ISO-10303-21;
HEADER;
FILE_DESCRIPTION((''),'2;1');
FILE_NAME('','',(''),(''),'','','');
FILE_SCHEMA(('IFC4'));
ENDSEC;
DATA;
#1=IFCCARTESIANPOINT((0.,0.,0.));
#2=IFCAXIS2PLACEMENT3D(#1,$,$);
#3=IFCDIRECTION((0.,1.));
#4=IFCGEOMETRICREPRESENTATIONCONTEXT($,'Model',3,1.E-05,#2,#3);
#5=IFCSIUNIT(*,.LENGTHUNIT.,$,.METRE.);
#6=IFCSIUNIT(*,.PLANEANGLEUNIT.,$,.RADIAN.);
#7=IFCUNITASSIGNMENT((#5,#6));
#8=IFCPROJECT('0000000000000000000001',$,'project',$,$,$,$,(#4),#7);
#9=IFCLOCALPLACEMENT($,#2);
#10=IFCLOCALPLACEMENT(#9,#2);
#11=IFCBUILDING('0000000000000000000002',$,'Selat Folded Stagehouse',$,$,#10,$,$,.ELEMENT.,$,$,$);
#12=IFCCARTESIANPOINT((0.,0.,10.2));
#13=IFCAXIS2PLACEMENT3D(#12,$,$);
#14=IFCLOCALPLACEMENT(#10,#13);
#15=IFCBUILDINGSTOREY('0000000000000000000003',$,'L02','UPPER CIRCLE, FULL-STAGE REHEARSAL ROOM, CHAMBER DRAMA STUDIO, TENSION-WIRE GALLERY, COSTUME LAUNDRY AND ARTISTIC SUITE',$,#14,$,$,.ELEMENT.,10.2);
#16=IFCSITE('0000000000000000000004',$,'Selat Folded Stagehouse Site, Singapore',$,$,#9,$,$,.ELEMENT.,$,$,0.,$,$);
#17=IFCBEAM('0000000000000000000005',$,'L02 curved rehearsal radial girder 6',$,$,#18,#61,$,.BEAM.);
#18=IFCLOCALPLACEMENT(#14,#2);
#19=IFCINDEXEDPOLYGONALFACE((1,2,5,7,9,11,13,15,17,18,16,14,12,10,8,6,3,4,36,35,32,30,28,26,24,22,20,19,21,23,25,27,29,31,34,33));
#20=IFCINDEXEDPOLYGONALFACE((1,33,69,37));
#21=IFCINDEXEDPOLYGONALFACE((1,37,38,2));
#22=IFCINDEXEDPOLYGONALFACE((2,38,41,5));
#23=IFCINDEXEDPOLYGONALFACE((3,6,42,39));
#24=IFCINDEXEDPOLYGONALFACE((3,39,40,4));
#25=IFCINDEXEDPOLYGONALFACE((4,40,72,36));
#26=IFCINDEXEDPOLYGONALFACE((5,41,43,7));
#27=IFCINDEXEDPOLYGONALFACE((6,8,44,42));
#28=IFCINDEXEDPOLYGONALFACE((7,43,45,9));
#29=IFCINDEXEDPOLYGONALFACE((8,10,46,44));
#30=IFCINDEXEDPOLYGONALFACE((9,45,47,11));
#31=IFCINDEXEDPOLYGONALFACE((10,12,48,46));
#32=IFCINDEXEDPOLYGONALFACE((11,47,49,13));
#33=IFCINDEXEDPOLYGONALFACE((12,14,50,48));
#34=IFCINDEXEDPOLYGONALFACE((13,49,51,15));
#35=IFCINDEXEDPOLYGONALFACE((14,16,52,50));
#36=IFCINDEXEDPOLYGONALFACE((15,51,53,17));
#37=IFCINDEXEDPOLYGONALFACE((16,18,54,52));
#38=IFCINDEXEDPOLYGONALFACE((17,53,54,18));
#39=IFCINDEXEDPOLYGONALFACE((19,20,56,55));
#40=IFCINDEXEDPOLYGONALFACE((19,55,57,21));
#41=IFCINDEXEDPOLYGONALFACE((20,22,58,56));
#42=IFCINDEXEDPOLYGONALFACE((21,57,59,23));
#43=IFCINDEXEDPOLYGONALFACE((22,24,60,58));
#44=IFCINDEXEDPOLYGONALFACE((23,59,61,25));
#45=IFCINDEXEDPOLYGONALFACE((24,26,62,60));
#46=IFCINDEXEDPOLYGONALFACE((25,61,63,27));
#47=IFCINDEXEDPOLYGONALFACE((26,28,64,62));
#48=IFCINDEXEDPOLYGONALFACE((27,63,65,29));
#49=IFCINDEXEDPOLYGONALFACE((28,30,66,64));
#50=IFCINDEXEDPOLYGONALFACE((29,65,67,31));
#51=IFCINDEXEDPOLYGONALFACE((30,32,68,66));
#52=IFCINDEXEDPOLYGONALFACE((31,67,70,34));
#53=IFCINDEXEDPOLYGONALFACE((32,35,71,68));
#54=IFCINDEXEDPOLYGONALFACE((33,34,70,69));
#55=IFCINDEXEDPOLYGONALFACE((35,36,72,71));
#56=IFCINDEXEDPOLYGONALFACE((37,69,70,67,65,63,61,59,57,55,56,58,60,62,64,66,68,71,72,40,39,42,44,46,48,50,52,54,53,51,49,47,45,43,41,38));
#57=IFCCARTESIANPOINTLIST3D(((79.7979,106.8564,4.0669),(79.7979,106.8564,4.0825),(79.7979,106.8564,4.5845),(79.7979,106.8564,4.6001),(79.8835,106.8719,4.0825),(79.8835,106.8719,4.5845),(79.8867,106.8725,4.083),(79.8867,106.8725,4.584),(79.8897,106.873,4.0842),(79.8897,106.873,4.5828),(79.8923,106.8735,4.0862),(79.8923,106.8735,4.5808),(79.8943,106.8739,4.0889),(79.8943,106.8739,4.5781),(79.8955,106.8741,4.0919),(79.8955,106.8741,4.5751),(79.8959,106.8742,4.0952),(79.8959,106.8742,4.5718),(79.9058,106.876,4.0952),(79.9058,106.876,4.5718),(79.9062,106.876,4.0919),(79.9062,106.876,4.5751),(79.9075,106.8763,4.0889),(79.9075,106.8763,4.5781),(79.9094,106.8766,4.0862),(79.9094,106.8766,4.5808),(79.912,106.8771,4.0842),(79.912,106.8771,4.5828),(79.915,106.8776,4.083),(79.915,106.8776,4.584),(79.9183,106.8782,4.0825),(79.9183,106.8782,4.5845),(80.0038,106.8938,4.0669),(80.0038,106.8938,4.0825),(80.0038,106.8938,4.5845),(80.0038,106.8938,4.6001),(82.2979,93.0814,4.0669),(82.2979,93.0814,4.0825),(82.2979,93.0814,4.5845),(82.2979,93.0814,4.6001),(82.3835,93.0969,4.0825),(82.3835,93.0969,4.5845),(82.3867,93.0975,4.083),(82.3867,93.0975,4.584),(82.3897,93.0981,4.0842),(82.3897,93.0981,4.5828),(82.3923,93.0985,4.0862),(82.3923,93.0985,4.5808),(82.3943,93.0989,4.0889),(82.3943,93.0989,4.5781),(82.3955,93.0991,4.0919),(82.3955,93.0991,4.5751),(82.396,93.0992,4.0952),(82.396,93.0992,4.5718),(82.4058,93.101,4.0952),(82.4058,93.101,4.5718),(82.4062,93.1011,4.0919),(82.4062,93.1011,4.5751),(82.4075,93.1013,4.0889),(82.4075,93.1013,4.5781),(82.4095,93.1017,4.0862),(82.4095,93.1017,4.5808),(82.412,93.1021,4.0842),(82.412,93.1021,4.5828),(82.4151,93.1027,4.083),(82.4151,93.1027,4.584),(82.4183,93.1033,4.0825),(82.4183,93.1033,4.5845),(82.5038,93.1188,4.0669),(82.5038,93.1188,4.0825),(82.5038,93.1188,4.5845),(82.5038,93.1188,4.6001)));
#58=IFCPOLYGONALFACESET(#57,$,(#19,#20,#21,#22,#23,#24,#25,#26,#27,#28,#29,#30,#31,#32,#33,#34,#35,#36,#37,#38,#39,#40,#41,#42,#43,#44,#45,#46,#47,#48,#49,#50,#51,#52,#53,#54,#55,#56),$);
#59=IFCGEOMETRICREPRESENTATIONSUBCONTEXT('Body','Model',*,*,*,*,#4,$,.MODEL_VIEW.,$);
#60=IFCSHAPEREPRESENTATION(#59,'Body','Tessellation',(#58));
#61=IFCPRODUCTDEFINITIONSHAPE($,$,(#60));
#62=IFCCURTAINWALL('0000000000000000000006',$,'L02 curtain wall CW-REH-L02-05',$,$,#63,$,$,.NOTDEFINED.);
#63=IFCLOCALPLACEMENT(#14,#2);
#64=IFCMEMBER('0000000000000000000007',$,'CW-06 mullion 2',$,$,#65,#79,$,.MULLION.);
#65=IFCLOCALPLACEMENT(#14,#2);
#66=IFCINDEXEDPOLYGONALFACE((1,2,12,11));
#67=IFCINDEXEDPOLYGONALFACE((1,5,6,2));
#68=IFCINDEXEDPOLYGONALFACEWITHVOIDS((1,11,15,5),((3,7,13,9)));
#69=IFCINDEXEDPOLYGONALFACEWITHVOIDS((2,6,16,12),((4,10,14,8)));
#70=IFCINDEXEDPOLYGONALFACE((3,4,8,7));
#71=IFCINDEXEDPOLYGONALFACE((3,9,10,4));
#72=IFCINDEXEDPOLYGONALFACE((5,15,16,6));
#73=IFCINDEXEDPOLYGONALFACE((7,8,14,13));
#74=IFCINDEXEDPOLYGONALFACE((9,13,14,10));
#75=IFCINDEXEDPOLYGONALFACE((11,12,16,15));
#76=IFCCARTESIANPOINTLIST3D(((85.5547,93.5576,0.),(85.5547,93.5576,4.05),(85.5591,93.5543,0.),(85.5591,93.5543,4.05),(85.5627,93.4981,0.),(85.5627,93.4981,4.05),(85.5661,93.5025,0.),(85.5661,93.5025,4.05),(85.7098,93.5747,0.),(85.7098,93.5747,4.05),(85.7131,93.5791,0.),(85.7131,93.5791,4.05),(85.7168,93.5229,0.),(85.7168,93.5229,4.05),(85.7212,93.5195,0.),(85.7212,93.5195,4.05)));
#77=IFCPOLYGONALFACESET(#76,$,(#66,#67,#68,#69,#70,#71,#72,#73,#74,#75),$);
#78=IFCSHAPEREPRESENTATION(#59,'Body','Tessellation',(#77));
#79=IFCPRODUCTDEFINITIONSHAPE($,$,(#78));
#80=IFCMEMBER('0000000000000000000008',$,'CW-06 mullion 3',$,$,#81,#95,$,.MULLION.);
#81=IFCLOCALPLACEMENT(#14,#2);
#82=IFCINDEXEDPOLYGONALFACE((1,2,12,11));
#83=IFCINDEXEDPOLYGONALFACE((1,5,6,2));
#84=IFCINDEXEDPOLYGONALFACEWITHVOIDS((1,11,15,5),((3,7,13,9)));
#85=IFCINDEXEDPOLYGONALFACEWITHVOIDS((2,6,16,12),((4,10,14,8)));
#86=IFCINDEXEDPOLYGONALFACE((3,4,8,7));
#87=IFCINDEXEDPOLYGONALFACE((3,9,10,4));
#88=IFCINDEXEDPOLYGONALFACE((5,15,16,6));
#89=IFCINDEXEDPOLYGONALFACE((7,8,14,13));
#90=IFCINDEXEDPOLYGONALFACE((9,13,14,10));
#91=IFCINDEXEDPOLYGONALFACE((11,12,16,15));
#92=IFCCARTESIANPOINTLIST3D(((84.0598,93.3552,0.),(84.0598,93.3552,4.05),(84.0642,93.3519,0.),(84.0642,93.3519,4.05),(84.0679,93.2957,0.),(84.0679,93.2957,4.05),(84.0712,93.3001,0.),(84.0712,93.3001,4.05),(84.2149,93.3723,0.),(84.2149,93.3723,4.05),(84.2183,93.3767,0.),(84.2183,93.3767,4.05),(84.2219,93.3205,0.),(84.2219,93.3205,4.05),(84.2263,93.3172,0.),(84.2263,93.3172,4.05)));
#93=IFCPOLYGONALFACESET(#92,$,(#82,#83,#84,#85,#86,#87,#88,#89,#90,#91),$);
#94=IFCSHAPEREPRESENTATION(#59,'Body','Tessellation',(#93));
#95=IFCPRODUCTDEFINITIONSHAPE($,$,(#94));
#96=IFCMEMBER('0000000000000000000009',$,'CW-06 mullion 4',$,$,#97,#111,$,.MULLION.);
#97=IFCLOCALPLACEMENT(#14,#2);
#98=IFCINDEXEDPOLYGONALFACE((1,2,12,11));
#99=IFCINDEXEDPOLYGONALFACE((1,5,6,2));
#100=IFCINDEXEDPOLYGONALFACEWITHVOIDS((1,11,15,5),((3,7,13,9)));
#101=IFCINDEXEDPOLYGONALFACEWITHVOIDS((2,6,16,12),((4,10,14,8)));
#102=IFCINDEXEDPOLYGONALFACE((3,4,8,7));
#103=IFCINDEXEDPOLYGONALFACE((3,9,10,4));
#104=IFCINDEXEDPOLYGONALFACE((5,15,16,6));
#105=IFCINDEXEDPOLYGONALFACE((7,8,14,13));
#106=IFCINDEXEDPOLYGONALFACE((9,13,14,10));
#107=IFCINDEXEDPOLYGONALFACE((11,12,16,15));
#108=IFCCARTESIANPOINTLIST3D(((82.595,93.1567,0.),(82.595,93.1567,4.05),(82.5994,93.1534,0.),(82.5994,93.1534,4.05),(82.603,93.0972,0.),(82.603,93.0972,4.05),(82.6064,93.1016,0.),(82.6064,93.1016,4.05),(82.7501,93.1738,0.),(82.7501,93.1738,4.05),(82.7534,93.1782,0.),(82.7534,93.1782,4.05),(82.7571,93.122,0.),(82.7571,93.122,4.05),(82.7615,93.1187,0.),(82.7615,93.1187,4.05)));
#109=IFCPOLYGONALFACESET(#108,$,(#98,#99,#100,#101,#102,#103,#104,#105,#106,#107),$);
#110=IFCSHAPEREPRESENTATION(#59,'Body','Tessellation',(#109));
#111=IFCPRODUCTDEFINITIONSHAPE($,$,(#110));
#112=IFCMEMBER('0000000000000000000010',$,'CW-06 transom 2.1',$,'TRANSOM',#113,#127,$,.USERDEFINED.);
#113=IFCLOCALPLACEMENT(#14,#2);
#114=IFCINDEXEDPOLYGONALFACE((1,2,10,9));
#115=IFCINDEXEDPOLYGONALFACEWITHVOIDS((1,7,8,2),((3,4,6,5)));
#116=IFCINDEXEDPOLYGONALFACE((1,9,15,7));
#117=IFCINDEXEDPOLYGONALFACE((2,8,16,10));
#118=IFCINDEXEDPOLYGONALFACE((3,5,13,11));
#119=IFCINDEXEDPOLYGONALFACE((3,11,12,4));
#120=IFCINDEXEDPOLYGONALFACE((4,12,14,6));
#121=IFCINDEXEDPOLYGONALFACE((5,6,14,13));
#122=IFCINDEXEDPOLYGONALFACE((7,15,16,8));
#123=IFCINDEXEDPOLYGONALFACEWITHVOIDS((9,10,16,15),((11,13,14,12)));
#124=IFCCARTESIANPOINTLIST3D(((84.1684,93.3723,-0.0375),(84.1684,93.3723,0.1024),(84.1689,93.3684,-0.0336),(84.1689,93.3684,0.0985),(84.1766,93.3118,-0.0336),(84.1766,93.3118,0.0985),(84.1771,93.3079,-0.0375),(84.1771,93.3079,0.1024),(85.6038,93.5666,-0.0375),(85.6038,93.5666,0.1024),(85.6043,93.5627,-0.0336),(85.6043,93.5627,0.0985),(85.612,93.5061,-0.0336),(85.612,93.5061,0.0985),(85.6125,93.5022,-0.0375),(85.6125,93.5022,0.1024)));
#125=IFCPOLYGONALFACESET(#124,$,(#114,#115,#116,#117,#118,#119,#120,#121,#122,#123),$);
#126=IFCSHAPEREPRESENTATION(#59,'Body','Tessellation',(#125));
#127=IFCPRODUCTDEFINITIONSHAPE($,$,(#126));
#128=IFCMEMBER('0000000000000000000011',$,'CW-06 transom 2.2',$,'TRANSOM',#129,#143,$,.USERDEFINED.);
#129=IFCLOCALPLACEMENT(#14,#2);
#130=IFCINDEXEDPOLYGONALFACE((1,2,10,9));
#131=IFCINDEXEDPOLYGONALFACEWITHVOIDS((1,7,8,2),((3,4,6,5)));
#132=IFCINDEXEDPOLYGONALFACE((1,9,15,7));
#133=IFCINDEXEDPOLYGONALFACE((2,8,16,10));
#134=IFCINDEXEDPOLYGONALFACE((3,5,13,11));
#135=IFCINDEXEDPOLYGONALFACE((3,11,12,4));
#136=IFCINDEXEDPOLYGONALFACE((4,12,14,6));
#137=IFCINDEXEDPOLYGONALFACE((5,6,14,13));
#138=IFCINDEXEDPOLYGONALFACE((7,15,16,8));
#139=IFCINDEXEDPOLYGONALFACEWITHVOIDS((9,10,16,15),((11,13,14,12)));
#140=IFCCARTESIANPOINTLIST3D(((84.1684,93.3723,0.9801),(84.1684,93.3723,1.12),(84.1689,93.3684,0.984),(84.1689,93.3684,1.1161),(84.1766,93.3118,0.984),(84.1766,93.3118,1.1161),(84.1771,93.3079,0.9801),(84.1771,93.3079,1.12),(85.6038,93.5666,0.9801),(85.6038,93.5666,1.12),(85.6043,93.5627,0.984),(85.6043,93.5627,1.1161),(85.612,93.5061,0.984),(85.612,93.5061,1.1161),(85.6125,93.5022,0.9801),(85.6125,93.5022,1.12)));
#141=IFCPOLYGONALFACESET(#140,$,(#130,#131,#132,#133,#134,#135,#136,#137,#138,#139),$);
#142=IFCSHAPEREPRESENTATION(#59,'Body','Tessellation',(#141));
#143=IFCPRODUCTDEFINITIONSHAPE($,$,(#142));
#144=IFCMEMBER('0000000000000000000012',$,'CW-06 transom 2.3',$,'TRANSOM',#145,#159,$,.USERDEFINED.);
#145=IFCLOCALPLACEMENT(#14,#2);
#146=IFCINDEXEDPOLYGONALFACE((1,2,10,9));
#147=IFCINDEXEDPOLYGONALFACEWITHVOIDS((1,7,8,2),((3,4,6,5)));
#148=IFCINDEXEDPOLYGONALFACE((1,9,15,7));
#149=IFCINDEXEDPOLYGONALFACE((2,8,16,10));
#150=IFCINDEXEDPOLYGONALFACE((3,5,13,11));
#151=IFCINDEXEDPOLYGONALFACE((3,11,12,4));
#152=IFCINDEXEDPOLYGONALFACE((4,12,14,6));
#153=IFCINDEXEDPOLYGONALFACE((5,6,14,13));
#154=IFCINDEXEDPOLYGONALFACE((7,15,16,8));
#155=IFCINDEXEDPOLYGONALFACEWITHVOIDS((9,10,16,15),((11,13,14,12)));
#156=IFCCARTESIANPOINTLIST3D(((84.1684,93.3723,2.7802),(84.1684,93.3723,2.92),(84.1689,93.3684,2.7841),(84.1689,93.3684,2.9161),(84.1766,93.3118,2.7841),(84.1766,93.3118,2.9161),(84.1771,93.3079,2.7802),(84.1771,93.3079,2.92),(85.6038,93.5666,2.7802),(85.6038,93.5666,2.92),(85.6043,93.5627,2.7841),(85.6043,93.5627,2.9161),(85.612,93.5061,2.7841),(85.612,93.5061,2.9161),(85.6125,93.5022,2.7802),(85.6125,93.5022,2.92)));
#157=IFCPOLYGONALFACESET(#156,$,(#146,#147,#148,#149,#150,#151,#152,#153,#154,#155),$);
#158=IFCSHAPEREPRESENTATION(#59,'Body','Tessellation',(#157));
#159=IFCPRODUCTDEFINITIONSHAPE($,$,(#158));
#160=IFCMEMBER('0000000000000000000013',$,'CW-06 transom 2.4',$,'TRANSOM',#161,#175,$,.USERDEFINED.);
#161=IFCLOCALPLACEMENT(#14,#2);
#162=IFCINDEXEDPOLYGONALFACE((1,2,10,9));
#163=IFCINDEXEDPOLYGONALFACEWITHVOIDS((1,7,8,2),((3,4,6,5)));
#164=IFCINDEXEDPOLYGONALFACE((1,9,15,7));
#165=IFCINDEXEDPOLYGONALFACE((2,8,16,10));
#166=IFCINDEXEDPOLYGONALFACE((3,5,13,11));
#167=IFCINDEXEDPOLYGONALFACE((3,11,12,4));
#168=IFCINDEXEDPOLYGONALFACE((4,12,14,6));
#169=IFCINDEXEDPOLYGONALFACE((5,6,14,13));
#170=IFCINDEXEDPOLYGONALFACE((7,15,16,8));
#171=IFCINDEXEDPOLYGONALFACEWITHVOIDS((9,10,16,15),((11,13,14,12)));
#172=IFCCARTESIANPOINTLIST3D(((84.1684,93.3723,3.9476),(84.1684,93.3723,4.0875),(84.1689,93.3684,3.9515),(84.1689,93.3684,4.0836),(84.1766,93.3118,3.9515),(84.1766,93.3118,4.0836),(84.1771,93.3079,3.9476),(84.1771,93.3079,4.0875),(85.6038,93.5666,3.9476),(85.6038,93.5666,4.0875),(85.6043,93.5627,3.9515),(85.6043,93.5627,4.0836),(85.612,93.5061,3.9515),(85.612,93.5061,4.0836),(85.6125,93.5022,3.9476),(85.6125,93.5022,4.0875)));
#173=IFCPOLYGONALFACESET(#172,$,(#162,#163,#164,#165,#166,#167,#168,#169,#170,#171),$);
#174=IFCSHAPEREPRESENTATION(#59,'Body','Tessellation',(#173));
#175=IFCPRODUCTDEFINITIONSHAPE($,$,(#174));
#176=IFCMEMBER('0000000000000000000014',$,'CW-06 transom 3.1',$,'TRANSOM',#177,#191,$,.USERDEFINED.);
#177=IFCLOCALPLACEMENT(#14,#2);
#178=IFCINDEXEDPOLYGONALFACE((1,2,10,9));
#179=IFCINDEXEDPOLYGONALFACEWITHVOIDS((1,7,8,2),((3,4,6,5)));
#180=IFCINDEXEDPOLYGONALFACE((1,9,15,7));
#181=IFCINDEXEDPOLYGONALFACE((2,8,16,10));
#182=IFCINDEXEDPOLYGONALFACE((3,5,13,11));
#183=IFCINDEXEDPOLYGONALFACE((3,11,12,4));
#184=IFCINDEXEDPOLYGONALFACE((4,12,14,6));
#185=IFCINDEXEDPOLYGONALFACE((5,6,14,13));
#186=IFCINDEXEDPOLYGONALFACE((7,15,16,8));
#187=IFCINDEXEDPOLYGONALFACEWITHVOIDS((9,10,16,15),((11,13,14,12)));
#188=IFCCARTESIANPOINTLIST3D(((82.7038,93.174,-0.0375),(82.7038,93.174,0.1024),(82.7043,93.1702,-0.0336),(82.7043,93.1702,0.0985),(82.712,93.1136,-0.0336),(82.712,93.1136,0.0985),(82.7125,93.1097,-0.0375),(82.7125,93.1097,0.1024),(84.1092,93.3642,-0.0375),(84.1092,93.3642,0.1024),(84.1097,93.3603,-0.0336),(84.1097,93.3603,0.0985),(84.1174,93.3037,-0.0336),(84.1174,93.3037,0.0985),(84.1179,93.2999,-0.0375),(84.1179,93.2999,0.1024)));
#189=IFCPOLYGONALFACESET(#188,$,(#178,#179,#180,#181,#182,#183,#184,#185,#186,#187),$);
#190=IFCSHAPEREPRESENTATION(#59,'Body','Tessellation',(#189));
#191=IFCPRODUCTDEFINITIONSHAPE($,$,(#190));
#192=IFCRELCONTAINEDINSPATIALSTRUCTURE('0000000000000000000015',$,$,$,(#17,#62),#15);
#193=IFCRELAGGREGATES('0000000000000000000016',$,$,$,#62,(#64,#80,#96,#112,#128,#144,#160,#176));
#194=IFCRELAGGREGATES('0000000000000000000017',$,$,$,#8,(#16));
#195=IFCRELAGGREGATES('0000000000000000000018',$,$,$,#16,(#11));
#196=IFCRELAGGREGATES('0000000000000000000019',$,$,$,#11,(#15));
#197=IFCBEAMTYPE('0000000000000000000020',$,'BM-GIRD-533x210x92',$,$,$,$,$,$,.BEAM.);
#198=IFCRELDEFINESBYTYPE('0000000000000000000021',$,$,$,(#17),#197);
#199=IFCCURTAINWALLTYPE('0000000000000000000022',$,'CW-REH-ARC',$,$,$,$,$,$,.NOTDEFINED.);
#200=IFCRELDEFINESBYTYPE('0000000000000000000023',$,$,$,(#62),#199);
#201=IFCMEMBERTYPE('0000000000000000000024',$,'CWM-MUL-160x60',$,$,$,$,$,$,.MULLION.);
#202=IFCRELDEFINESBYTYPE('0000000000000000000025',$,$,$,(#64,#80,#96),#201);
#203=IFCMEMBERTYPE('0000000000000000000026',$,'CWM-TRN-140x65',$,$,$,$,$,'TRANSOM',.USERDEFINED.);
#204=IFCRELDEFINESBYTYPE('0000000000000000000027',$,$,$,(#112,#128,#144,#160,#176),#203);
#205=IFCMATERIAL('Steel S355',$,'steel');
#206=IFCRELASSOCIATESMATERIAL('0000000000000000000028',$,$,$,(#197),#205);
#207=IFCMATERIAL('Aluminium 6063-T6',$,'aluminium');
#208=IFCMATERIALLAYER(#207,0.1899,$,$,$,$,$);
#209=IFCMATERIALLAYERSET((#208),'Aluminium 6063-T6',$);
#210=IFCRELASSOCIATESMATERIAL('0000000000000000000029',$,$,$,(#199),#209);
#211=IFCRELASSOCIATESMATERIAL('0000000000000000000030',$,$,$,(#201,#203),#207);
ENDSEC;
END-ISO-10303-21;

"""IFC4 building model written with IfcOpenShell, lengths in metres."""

from ifc_helpers import new_model, si_unit, direction, frame, origin, origin_2d, place, context, subcontext, project, spatial, hollow_rectangle, i_section, extrude, material, layer, layer_set, material_profile, profile_set, type_object, element, aggregate, save


model = new_model("IFC4")

# Units and contexts
model_context = context("Model", 3, precision=1e-05, world=origin(), true_north=direction((0.0, 1.0)))
body_context = subcontext(model_context, "Body", "Model", "MODEL_VIEW")
ifc_project = project(units=[si_unit("LENGTHUNIT", "METRE"), si_unit("PLANEANGLEUNIT", "RADIAN")], contexts=[model_context])

# Site, building, storey
site_placement = place(None, origin())
site = spatial("IfcSite", under=ifc_project, at=site_placement, Name="Selat Folded Stagehouse Site, Singapore", CompositionType="ELEMENT", RefElevation=0.0)
building_placement = place(site_placement, origin())
building = spatial("IfcBuilding", under=site, at=building_placement, Name="Selat Folded Stagehouse", CompositionType="ELEMENT")
storey_placement = place(building_placement, frame((0.0, 0.0, 10.2)))
storey = spatial("IfcBuildingStorey", under=building, at=storey_placement, Name="L02", Description="UPPER CIRCLE, FULL-STAGE REHEARSAL ROOM, CHAMBER DRAMA STUDIO, TENSION-WIRE GALLERY, COSTUME LAUNDRY AND ARTISTIC SUITE", CompositionType="ELEMENT", Elevation=10.2)

# Beam
ifc_material_1 = material(Name="Steel S355", Category="steel")
ifc_material_profile_1 = material_profile(ifc_material_1, i_section(OverallWidth=0.2092, OverallDepth=0.5332, WebThickness=0.01, FlangeThickness=0.0156, FilletRadius=0.0127, at=origin_2d()), Name="UKB 533x210x92")
ifc_profile_set_1 = profile_set([ifc_material_profile_1], Name="Steel S355")
beam_type_1 = type_object("IfcBeamType", Name="BM-GIRD-533x210x92", PredefinedType="BEAM", material=ifc_profile_set_1)
beam_1_placement = place(storey_placement, frame((82.4009, 93.1001, 4.3335), z_axis=(-0.178572, 0.983927, 0.0), x_axis=(-0.983927, -0.178572, 0.0)))
element("IfcBeam", 1, at=beam_1_placement, inside=storey, type_object=beam_type_1, Name="L02 curved rehearsal radial girder 6", PredefinedType="BEAM", context=body_context, shape_type="SweptSolid", body=[
    extrude(i_section(OverallWidth=0.2092, OverallDepth=0.5332, WebThickness=0.01, FlangeThickness=0.0156, FilletRadius=0.0127, at=origin_2d()), origin(), (0.0, 0.0, 1.0), 14.0),
])

# Curtain wall, members
ifc_material_2 = material(Name="Aluminium 6063-T6", Category="aluminium")
ifc_layer_1 = layer(ifc_material_2, 0.1899)
ifc_layer_set_1 = layer_set([ifc_layer_1], Name="Aluminium 6063-T6")
curtain_wall_type = type_object("IfcCurtainWallType", Name="CW-REH-ARC", PredefinedType="NOTDEFINED", material=ifc_layer_set_1)
curtain_wall_placement = place(storey_placement, origin())
curtain_wall = element("IfcCurtainWall", 2, at=curtain_wall_placement, inside=storey, type_object=curtain_wall_type, Name="L02 curtain wall CW-REH-L02-05", PredefinedType="NOTDEFINED")
ifc_material_profile_2 = material_profile(ifc_material_2, hollow_rectangle(XDim=0.0601, YDim=0.1599, WallThickness=0.0039, at=origin_2d()), Name="ALU 160x60x4.0")
ifc_profile_set_2 = profile_set([ifc_material_profile_2], Name="Aluminium 6063-T6")
member_type_1 = type_object("IfcMemberType", Name="CWM-MUL-160x60", PredefinedType="MULLION", material=ifc_profile_set_2)
member_1_placement = place(storey_placement, frame((85.6379, 93.5386, 0.0), z_axis=(0.0, 0.0, 1.0), x_axis=(0.134212, -0.990953, 0.0)))
member_1 = element("IfcMember", 3, at=member_1_placement, type_object=member_type_1, Name="CW-06 mullion 2", PredefinedType="MULLION", context=body_context, shape_type="SweptSolid", body=[
    extrude(hollow_rectangle(XDim=0.0601, YDim=0.1599, WallThickness=0.0039, at=origin_2d()), origin(), (0.0, 0.0, 1.0), 4.05),
])
member_2_placement = place(storey_placement, frame((84.1431, 93.3362, 0.0), z_axis=(0.0, 0.0, 1.0), x_axis=(0.134212, -0.990953, 0.0)))
member_2 = element("IfcMember", 4, at=member_2_placement, type_object=member_type_1, Name="CW-06 mullion 3", PredefinedType="MULLION", context=body_context, shape_type="SweptSolid", body=[
    extrude(hollow_rectangle(XDim=0.0601, YDim=0.1599, WallThickness=0.0039, at=origin_2d()), origin(), (0.0, 0.0, 1.0), 4.05),
])
member_3_placement = place(storey_placement, frame((82.6782, 93.1377, 0.0), z_axis=(0.0, 0.0, 1.0), x_axis=(0.134212, -0.990953, 0.0)))
member_3 = element("IfcMember", 5, at=member_3_placement, type_object=member_type_1, Name="CW-06 mullion 4", PredefinedType="MULLION", context=body_context, shape_type="SweptSolid", body=[
    extrude(hollow_rectangle(XDim=0.0601, YDim=0.1599, WallThickness=0.0039, at=origin_2d()), origin(), (0.0, 0.0, 1.0), 4.05),
])
ifc_material_profile_3 = material_profile(ifc_material_2, hollow_rectangle(XDim=0.0649, YDim=0.1399, WallThickness=0.0039, at=origin_2d()), Name="ALU 140x65x4.0")
ifc_profile_set_3 = profile_set([ifc_material_profile_3], Name="Aluminium 6063-T6")
member_type_2 = type_object("IfcMemberType", Name="CWM-TRN-140x65", ElementType="TRANSOM", PredefinedType="USERDEFINED", material=ifc_profile_set_3)
member_4_placement = place(storey_placement, frame((85.6082, 93.5344, 0.0325), z_axis=(-0.990958, -0.134173, 0.0), x_axis=(0.134173, -0.990958, 0.0)))
member_4 = element("IfcMember", 6, at=member_4_placement, type_object=member_type_2, Name="CW-06 transom 2.1", ObjectType="TRANSOM", PredefinedType="USERDEFINED", context=body_context, shape_type="SweptSolid", body=[
    extrude(hollow_rectangle(XDim=0.0649, YDim=0.1399, WallThickness=0.0039, at=origin_2d()), origin(), (0.0, 0.0, 1.0), 1.4485),
])
member_5_placement = place(storey_placement, frame((85.6082, 93.5344, 1.05), z_axis=(-0.990958, -0.134173, 0.0), x_axis=(0.134173, -0.990958, 0.0)))
member_5 = element("IfcMember", 7, at=member_5_placement, type_object=member_type_2, Name="CW-06 transom 2.2", ObjectType="TRANSOM", PredefinedType="USERDEFINED", context=body_context, shape_type="SweptSolid", body=[
    extrude(hollow_rectangle(XDim=0.0649, YDim=0.1399, WallThickness=0.0039, at=origin_2d()), origin(), (0.0, 0.0, 1.0), 1.4485),
])
member_6_placement = place(storey_placement, frame((85.6082, 93.5344, 2.8501), z_axis=(-0.990958, -0.134173, 0.0), x_axis=(0.134173, -0.990958, 0.0)))
member_6 = element("IfcMember", 8, at=member_6_placement, type_object=member_type_2, Name="CW-06 transom 2.3", ObjectType="TRANSOM", PredefinedType="USERDEFINED", context=body_context, shape_type="SweptSolid", body=[
    extrude(hollow_rectangle(XDim=0.0649, YDim=0.1399, WallThickness=0.0039, at=origin_2d()), origin(), (0.0, 0.0, 1.0), 1.4485),
])
member_7_placement = place(storey_placement, frame((85.6082, 93.5344, 4.0176), z_axis=(-0.990958, -0.134173, 0.0), x_axis=(0.134173, -0.990958, 0.0)))
member_7 = element("IfcMember", 9, at=member_7_placement, type_object=member_type_2, Name="CW-06 transom 2.4", ObjectType="TRANSOM", PredefinedType="USERDEFINED", context=body_context, shape_type="SweptSolid", body=[
    extrude(hollow_rectangle(XDim=0.0649, YDim=0.1399, WallThickness=0.0039, at=origin_2d()), origin(), (0.0, 0.0, 1.0), 1.4485),
])
member_8_placement = place(storey_placement, frame((84.1135, 93.332, 0.0325), z_axis=(-0.990969, -0.134092, 0.0), x_axis=(0.134092, -0.990969, 0.0)))
member_8 = element("IfcMember", 10, at=member_8_placement, type_object=member_type_2, Name="CW-06 transom 3.1", ObjectType="TRANSOM", PredefinedType="USERDEFINED", context=body_context, shape_type="SweptSolid", body=[
    extrude(hollow_rectangle(XDim=0.0649, YDim=0.1399, WallThickness=0.0039, at=origin_2d()), origin(), (0.0, 0.0, 1.0), 1.4182),
])

aggregate(curtain_wall, [member_1, member_2, member_3, member_4, member_5, member_6, member_7, member_8])

save(model, "model.ifc")
